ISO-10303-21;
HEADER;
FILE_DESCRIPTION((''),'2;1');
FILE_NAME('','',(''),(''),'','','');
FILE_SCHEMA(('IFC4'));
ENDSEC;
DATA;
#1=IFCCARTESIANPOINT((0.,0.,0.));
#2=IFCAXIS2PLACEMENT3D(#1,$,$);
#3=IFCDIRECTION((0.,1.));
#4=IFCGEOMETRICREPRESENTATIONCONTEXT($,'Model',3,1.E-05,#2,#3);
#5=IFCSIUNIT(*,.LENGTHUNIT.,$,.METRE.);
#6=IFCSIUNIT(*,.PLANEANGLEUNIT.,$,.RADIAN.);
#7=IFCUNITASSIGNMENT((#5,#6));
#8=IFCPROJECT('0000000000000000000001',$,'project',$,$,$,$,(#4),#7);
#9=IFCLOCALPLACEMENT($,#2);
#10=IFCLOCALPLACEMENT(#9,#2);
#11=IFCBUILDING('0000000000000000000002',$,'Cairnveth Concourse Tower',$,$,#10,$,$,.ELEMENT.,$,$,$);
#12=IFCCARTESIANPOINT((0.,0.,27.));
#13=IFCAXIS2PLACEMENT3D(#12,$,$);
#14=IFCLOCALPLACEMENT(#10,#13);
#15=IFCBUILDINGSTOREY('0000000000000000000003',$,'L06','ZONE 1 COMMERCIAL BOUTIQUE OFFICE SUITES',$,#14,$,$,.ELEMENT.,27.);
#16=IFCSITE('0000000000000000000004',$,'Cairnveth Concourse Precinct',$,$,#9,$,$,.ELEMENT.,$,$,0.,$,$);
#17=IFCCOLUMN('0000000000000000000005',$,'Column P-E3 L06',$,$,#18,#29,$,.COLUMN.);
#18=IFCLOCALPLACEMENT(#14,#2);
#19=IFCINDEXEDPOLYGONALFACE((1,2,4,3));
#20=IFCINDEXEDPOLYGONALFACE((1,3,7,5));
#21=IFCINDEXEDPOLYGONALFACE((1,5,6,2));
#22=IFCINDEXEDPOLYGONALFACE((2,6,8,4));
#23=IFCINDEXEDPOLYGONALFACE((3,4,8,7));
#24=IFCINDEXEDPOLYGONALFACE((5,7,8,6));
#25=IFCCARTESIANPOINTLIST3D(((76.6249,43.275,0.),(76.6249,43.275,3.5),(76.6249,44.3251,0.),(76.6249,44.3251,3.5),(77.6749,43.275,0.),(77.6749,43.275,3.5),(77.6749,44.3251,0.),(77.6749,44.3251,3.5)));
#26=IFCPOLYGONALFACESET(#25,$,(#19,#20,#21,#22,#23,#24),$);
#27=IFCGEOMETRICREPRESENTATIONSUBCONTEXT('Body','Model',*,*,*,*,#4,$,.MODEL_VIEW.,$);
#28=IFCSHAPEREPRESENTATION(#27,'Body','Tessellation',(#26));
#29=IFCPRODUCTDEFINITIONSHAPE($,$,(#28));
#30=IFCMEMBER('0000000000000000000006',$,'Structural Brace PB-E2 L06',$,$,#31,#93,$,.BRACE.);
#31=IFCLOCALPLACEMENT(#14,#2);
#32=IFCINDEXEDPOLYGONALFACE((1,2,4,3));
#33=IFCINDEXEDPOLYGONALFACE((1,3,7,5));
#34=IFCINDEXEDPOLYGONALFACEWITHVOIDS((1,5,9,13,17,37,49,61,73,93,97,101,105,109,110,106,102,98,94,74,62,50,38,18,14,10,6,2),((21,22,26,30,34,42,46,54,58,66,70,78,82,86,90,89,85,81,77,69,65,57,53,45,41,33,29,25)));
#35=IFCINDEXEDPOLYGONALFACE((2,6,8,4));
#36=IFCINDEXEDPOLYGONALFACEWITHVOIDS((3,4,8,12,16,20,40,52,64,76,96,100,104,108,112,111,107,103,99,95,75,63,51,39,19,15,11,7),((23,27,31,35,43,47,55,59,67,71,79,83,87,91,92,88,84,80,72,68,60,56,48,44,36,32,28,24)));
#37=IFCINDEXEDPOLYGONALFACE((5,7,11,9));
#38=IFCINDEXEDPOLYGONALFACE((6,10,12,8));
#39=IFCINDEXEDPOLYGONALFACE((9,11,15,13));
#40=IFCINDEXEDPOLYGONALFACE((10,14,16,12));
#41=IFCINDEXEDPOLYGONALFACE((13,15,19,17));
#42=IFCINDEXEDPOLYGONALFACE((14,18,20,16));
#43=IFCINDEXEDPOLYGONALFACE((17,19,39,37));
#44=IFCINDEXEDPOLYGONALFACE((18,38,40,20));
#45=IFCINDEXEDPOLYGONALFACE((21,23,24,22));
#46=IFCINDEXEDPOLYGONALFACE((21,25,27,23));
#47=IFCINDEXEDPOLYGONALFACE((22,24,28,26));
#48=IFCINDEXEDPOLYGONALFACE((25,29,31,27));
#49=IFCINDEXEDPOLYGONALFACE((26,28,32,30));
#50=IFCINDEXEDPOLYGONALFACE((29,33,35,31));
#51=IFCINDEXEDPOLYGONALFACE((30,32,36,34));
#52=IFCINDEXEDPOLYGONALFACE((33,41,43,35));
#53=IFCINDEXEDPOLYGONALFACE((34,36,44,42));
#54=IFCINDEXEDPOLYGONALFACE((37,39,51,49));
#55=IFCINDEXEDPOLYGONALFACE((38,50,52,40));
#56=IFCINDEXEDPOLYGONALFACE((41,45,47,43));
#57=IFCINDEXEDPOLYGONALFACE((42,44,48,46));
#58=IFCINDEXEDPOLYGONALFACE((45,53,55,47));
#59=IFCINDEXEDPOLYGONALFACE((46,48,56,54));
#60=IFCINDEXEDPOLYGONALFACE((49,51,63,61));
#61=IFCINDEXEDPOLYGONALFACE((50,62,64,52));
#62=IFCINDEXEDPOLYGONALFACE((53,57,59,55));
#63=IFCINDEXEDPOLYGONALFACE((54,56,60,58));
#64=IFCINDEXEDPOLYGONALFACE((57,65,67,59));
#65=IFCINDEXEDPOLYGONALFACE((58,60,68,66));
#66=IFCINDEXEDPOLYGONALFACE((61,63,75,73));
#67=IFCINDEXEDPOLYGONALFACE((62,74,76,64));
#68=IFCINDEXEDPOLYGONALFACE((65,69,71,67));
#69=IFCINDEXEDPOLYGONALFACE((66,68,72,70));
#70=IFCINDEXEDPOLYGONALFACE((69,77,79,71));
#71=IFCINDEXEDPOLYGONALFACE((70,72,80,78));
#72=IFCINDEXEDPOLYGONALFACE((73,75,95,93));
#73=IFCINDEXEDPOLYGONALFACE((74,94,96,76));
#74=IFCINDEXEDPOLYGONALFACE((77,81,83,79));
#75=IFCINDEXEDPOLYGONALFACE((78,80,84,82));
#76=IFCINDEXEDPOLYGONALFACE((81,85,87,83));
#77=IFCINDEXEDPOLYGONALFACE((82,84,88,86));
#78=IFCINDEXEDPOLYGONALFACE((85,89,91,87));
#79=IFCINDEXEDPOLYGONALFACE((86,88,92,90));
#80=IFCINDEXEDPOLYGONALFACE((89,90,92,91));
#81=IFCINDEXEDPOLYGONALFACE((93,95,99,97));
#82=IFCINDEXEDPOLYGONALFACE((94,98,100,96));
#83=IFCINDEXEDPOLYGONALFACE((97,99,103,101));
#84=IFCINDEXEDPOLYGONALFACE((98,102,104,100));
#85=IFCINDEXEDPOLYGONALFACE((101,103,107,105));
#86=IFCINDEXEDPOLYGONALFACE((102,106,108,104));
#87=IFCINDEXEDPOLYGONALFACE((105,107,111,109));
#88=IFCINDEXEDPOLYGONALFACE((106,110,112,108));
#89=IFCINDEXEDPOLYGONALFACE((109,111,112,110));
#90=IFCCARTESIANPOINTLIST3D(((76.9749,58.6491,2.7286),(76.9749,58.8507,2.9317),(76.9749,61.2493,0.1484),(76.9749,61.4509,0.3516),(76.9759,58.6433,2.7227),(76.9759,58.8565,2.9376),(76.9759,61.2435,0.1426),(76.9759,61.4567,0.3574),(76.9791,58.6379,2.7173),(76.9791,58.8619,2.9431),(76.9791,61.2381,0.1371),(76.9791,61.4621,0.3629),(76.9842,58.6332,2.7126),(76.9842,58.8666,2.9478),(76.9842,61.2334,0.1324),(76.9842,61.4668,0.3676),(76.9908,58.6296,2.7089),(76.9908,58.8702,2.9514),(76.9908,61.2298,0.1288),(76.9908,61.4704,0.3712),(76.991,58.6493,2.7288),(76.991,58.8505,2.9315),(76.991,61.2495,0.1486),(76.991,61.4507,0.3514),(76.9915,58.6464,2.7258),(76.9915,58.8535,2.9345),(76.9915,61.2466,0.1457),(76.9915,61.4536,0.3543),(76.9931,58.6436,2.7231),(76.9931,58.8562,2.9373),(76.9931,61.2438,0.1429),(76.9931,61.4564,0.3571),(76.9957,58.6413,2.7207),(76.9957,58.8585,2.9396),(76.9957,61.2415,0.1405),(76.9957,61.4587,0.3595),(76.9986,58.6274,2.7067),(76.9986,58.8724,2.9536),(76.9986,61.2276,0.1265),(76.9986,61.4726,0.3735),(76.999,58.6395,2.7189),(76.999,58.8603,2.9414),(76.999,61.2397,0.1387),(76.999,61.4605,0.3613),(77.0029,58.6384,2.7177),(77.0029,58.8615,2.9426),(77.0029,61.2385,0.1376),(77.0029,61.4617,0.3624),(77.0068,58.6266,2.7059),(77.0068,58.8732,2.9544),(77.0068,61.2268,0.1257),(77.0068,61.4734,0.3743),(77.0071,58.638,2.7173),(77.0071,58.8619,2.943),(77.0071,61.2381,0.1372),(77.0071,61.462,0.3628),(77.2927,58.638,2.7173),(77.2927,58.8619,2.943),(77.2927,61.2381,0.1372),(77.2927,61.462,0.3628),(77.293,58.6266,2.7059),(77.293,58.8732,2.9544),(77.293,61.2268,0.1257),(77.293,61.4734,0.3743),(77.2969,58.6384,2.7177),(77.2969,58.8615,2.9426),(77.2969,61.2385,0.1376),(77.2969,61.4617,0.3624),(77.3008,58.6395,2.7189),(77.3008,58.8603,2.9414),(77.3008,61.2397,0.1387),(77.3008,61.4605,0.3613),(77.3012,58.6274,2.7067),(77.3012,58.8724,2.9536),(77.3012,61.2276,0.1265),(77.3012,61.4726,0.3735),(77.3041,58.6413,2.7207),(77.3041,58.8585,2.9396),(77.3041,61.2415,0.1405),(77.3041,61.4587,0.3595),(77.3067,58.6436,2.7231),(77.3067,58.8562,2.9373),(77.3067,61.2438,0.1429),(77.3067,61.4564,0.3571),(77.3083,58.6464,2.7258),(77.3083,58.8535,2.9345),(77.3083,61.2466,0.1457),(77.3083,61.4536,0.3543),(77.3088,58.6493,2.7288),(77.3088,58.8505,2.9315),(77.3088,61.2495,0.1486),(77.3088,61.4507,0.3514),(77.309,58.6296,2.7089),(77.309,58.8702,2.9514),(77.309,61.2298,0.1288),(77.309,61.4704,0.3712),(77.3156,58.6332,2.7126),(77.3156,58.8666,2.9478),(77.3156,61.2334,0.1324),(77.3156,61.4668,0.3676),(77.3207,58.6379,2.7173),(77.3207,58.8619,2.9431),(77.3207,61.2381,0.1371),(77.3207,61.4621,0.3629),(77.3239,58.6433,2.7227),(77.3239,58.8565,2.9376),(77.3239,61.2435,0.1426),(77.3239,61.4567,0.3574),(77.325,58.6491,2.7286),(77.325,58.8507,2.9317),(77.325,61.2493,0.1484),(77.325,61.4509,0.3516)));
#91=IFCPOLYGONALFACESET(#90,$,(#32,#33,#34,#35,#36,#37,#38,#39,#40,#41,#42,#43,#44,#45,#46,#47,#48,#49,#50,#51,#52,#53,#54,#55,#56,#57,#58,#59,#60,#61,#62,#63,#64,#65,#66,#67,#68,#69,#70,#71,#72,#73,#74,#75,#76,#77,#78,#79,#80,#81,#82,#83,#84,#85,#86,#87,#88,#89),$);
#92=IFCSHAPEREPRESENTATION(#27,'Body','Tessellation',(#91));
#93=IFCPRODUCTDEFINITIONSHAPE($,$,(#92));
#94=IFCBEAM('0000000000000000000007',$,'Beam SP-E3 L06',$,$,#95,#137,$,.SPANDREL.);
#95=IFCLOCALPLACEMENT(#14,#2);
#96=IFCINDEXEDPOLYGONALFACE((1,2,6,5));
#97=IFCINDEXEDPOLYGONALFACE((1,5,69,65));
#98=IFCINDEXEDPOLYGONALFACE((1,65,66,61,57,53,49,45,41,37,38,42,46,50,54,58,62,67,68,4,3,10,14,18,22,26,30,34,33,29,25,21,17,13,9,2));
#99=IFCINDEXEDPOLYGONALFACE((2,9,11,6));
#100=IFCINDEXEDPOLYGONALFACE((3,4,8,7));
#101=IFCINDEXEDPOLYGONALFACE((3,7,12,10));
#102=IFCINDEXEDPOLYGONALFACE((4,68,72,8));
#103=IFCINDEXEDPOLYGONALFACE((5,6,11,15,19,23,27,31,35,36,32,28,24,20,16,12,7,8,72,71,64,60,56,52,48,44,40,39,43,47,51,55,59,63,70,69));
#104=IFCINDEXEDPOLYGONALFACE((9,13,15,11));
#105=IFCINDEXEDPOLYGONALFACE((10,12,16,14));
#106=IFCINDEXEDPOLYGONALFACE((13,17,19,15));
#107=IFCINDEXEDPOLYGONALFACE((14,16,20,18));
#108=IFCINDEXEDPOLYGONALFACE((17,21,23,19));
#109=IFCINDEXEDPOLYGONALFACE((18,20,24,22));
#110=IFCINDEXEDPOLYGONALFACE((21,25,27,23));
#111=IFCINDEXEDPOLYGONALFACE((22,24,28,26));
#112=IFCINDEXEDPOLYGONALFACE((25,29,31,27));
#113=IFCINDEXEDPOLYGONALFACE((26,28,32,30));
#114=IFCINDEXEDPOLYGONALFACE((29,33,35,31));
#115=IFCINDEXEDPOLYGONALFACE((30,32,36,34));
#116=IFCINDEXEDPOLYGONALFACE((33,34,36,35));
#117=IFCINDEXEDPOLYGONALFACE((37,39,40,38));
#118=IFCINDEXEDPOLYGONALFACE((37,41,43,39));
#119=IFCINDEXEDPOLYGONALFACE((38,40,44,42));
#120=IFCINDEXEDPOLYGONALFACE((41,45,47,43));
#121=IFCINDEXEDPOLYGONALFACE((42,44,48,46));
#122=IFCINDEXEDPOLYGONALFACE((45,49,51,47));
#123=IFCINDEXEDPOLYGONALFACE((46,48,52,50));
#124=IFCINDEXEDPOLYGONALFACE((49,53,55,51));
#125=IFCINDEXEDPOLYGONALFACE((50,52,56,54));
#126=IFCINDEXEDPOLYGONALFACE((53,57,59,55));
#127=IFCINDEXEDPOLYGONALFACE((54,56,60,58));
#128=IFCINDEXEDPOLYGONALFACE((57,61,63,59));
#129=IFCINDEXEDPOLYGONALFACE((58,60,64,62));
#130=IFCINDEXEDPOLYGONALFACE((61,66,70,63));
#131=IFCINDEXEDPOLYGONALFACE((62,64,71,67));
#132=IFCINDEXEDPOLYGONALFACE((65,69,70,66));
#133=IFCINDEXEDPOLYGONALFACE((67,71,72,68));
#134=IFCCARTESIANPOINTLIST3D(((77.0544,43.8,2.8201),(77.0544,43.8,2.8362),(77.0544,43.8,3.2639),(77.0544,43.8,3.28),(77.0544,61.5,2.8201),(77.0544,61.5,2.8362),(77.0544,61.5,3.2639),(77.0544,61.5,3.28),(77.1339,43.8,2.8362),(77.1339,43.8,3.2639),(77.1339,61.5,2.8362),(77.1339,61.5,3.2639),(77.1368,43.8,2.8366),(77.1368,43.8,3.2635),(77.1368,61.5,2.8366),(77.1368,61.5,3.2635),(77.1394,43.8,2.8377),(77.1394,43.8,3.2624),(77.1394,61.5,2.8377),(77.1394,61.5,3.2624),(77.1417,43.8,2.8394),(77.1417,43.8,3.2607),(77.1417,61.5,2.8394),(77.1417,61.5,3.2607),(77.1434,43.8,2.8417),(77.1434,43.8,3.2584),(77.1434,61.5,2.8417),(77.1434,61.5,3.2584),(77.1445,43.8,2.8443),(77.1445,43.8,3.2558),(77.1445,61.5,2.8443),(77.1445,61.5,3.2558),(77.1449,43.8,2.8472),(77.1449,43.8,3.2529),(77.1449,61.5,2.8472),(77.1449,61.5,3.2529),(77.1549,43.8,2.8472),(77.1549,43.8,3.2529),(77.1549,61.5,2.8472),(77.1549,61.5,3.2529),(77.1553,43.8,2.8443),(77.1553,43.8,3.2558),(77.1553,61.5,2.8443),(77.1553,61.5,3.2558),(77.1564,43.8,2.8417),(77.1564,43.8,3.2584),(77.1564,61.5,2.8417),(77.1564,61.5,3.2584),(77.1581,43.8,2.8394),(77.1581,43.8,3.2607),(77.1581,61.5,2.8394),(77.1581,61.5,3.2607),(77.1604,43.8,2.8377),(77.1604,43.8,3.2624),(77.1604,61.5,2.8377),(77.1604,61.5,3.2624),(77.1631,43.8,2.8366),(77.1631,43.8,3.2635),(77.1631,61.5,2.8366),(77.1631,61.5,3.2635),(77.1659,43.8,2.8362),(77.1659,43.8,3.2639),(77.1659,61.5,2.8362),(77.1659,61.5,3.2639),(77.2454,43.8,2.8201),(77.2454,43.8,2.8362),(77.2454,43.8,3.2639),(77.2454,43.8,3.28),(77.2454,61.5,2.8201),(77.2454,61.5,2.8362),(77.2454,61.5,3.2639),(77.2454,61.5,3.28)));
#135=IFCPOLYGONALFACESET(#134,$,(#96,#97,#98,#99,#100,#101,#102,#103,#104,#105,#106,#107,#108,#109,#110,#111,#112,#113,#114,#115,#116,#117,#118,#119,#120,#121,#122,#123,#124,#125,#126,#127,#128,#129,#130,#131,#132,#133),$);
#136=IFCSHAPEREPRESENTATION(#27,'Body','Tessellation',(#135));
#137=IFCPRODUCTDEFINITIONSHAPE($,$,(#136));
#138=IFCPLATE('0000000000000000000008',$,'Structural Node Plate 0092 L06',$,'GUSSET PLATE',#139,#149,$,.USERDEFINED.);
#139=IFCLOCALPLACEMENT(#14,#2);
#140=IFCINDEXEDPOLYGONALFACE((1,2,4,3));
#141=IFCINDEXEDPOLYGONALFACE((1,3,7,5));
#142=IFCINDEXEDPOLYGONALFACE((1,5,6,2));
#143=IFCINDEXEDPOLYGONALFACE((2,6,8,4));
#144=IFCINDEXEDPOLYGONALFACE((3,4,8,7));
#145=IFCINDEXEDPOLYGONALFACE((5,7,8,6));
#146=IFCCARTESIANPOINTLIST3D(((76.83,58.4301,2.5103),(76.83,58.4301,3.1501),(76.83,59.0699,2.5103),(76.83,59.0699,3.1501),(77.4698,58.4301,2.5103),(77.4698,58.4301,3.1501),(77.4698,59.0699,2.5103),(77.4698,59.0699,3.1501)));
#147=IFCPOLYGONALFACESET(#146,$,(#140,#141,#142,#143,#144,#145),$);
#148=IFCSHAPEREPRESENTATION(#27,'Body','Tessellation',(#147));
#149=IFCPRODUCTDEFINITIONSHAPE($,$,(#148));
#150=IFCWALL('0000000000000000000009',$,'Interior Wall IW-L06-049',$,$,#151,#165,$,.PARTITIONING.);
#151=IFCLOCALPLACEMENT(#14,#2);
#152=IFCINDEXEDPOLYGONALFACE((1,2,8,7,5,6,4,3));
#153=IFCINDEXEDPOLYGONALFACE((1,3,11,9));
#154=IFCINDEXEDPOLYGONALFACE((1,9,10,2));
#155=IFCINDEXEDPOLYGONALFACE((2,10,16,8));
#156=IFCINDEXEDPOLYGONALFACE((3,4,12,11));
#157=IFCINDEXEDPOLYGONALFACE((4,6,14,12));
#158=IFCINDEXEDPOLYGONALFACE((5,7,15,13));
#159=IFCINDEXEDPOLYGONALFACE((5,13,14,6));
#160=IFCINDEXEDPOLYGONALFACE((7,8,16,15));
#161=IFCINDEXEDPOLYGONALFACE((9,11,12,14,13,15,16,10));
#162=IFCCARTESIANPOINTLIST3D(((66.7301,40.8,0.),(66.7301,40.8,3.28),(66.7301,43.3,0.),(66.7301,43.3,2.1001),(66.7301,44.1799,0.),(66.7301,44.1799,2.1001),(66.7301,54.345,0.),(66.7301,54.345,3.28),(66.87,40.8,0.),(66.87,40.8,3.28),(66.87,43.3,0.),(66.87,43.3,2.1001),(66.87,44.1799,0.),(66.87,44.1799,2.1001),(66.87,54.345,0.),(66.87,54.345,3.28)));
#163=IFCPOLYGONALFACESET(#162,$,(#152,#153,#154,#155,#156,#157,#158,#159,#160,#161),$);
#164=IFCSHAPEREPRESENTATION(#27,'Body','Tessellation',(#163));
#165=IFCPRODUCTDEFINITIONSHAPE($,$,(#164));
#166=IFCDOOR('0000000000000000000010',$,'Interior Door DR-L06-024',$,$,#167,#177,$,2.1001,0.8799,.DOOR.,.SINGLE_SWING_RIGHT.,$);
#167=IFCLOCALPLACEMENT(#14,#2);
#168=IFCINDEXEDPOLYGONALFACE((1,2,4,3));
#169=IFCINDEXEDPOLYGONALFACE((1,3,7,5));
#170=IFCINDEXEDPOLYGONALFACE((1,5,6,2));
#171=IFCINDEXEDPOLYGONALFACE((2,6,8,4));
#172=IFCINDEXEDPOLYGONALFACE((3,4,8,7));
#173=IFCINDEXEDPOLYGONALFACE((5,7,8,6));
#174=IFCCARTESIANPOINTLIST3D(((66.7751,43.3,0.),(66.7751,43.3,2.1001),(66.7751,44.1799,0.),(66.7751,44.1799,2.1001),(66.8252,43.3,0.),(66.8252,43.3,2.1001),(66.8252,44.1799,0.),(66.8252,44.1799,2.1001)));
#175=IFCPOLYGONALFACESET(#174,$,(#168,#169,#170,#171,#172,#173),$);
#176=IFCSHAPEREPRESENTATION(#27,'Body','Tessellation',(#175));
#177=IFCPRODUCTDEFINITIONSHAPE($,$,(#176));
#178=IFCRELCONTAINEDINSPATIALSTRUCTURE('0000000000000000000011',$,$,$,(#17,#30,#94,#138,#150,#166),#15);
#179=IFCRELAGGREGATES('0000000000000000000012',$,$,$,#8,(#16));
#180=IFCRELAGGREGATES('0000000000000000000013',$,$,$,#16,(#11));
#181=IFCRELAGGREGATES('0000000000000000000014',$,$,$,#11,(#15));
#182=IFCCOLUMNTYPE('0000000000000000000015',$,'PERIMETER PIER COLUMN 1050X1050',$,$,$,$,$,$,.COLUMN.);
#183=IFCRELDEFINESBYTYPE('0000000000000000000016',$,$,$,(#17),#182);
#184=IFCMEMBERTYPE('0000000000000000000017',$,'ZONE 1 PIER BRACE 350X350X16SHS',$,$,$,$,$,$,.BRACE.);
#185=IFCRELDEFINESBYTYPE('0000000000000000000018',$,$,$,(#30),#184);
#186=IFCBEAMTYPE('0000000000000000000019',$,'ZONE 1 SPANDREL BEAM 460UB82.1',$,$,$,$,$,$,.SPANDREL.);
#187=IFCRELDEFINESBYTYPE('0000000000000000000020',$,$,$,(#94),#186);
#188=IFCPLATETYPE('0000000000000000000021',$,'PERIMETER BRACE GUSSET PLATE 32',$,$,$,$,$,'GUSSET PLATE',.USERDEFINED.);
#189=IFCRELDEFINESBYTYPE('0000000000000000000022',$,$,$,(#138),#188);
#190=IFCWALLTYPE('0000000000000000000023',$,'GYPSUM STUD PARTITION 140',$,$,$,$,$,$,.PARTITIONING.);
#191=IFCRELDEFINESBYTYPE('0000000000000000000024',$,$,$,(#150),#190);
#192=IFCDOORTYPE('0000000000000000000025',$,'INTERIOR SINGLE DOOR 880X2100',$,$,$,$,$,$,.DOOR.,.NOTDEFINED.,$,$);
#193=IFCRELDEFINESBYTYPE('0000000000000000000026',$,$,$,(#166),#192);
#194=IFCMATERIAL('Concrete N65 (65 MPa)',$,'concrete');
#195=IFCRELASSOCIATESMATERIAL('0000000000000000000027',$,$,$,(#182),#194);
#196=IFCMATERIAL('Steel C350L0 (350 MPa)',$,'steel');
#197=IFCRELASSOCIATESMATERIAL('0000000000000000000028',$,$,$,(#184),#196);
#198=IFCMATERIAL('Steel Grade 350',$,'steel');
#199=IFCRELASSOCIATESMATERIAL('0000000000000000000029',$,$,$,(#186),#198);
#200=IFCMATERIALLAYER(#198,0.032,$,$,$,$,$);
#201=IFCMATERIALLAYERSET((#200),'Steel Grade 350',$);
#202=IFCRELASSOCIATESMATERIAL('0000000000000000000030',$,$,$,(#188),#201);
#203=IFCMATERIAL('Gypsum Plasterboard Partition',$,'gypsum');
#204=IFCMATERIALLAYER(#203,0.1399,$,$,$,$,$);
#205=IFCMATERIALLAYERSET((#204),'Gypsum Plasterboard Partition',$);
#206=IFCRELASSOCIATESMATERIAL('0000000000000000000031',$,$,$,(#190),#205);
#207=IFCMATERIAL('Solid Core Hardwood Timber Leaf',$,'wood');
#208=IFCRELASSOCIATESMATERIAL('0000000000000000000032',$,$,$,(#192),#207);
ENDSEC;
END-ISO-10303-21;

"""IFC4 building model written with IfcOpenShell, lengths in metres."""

from ifc_helpers import new_model, si_unit, direction, frame, frame_2d, origin, origin_2d, place, context, subcontext, project, spatial, rectangle, hollow_rectangle, i_section, extrude, material, layer, layer_set, material_profile, profile_set, type_object, element, fill, save


model = new_model("IFC4")

# Units and contexts
model_context = context("Model", 3, precision=1e-05, world=origin(), true_north=direction((0.0, 1.0)))
body_context = subcontext(model_context, "Body", "Model", "MODEL_VIEW")
ifc_project = project(units=[si_unit("LENGTHUNIT", "METRE"), si_unit("PLANEANGLEUNIT", "RADIAN")], contexts=[model_context])

# Site, building, storey
site_placement = place(None, origin())
site = spatial("IfcSite", under=ifc_project, at=site_placement, Name="Cairnveth Concourse Precinct", CompositionType="ELEMENT", RefElevation=0.0)
building_placement = place(site_placement, origin())
building = spatial("IfcBuilding", under=site, at=building_placement, Name="Cairnveth Concourse Tower", CompositionType="ELEMENT")
storey_placement = place(building_placement, frame((0.0, 0.0, 27.0)))
storey = spatial("IfcBuildingStorey", under=building, at=storey_placement, Name="L06", Description="ZONE 1 COMMERCIAL BOUTIQUE OFFICE SUITES", CompositionType="ELEMENT", Elevation=27.0)

# Column
ifc_material_1 = material(Name="Concrete N65 (65 MPa)", Category="concrete")
ifc_material_profile_1 = material_profile(ifc_material_1, rectangle(XDim=1.05, YDim=1.05, at=origin_2d()), Name="RC-COL-1050x1050")
ifc_profile_set_1 = profile_set([ifc_material_profile_1], Name="Concrete N65 (65 MPa)")
column_type = type_object("IfcColumnType", Name="PERIMETER PIER COLUMN 1050X1050", PredefinedType="COLUMN", material=ifc_profile_set_1)
column_placement = place(storey_placement, frame((77.1499, 43.8, 0.0), z_axis=(0.0, 0.0, 1.0), x_axis=(0.0, 1.0, 0.0)))
element("IfcColumn", 1, at=column_placement, inside=storey, type_object=column_type, Name="Column P-E3 L06", PredefinedType="COLUMN", context=body_context, shape_type="SweptSolid", body=[
    extrude(rectangle(XDim=1.05, YDim=1.05, at=origin_2d()), origin(), (0.0, 0.0, 1.0), 3.5),
])

# Member
ifc_material_2 = material(Name="Steel C350L0 (350 MPa)", Category="steel")
ifc_material_profile_2 = material_profile(ifc_material_2, hollow_rectangle(XDim=0.3501, YDim=0.3501, WallThickness=0.0161, InnerFilletRadius=0.0161, OuterFilletRadius=0.032, at=origin_2d()), Name="350x350x16.0SHS")
ifc_profile_set_2 = profile_set([ifc_material_profile_2], Name="Steel C350L0 (350 MPa)")
member_type = type_object("IfcMemberType", Name="ZONE 1 PIER BRACE 350X350X16SHS", PredefinedType="BRACE", material=ifc_profile_set_2)
member_placement = place(storey_placement, frame((77.1499, 61.3501, 0.25), z_axis=(0.0, -0.709834, 0.704369), x_axis=(1.0, 0.0, 0.0)))
element("IfcMember", 2, at=member_placement, inside=storey, type_object=member_type, Name="Structural Brace PB-E2 L06", PredefinedType="BRACE", context=body_context, shape_type="SweptSolid", body=[
    extrude(hollow_rectangle(XDim=0.3501, YDim=0.3501, WallThickness=0.0161, InnerFilletRadius=0.0161, OuterFilletRadius=0.032, at=origin_2d()), origin(), (0.0, 0.0, 1.0), 3.6631),
])

# Beam
ifc_material_3 = material(Name="Steel Grade 350", Category="steel")
ifc_material_profile_3 = material_profile(ifc_material_3, i_section(OverallWidth=0.1909, OverallDepth=0.46, WebThickness=0.01, FlangeThickness=0.0161, FilletRadius=0.011, at=origin_2d()), Name="460UB82.1")
ifc_profile_set_3 = profile_set([ifc_material_profile_3], Name="Steel Grade 350")
beam_type = type_object("IfcBeamType", Name="ZONE 1 SPANDREL BEAM 460UB82.1", PredefinedType="SPANDREL", material=ifc_profile_set_3)
beam_placement = place(storey_placement, frame((77.1499, 43.8, 3.05), z_axis=(0.0, 1.0, 0.0), x_axis=(-1.0, 0.0, 0.0)))
element("IfcBeam", 3, at=beam_placement, inside=storey, type_object=beam_type, Name="Beam SP-E3 L06", PredefinedType="SPANDREL", context=body_context, shape_type="SweptSolid", body=[
    extrude(i_section(OverallWidth=0.1909, OverallDepth=0.46, WebThickness=0.01, FlangeThickness=0.0161, FilletRadius=0.011, at=origin_2d()), origin(), (0.0, 0.0, 1.0), 17.7),
])

# Plate
ifc_layer_1 = layer(ifc_material_3, 0.032)
ifc_layer_set_1 = layer_set([ifc_layer_1], Name="Steel Grade 350")
plate_type = type_object("IfcPlateType", Name="PERIMETER BRACE GUSSET PLATE 32", ElementType="GUSSET PLATE", PredefinedType="USERDEFINED", material=ifc_layer_set_1)
plate_placement = place(storey_placement, frame((77.1499, 58.75, 2.5103), z_axis=(0.0, 0.0, 1.0), x_axis=(1.0, 0.0, 0.0)))
element("IfcPlate", 4, at=plate_placement, inside=storey, type_object=plate_type, Name="Structural Node Plate 0092 L06", ObjectType="GUSSET PLATE", PredefinedType="USERDEFINED", context=body_context, shape_type="SweptSolid", body=[
    extrude(rectangle(XDim=0.6399, YDim=0.6399, at=origin_2d()), origin(), (0.0, 0.0, 1.0), 0.6399),
])

# Wall, opening, door
ifc_material_4 = material(Name="Gypsum Plasterboard Partition", Category="gypsum")
ifc_layer_2 = layer(ifc_material_4, 0.1399)
ifc_layer_set_2 = layer_set([ifc_layer_2], Name="Gypsum Plasterboard Partition")
wall_type_1 = type_object("IfcWallType", Name="GYPSUM STUD PARTITION 140", PredefinedType="PARTITIONING", material=ifc_layer_set_2)
wall_1_placement = place(storey_placement, frame((66.8, 40.8, 0.0), z_axis=(0.0, 0.0, 1.0), x_axis=(0.0, 1.0, 0.0)))
wall_1 = element("IfcWall", 5, at=wall_1_placement, inside=storey, type_object=wall_type_1, Name="Interior Wall IW-L06-049", PredefinedType="PARTITIONING", context=body_context, shape_type="SweptSolid", body=[
    extrude(rectangle(XDim=13.5449, YDim=0.1399, at=frame_2d((6.7725, 0.0))), origin(), (0.0, 0.0, 1.0), 3.28),
])
opening_placement = place(wall_1_placement, frame((2.5, 0.0, 0.0)))
opening = element("IfcOpeningElement", 6, at=opening_placement, cuts=wall_1, PredefinedType="OPENING", context=body_context, shape_type="SweptSolid", body=[
    extrude(rectangle(XDim=0.8799, YDim=2.1001, at=frame_2d((0.4399, 1.05))), frame((0.0, 0.0798, 0.0), z_axis=(0.0, -1.0, 0.0), x_axis=(1.0, 0.0, 0.0)), (0.0, 0.0, 1.0), 0.1599),
])
ifc_material_5 = material(Name="Solid Core Hardwood Timber Leaf", Category="wood")
door_type = type_object("IfcDoorType", Name="INTERIOR SINGLE DOOR 880X2100", OperationType="NOTDEFINED", PredefinedType="DOOR", material=ifc_material_5)
door_placement = place(opening_placement, origin())
door = element("IfcDoor", 7, at=door_placement, inside=storey, type_object=door_type, Name="Interior Door DR-L06-024", OperationType="SINGLE_SWING_RIGHT", OverallHeight=2.1001, OverallWidth=0.8799, PredefinedType="DOOR", context=body_context, shape_type="SweptSolid", body=[
    extrude(rectangle(XDim=0.8799, YDim=2.1001, at=frame_2d((0.4399, 1.05))), frame((0.0, 0.0249, 0.0), z_axis=(0.0, -1.0, 0.0), x_axis=(1.0, 0.0, 0.0)), (0.0, 0.0, 1.0), 0.05),
])
fill(opening, door)

save(model, "model.ifc")
